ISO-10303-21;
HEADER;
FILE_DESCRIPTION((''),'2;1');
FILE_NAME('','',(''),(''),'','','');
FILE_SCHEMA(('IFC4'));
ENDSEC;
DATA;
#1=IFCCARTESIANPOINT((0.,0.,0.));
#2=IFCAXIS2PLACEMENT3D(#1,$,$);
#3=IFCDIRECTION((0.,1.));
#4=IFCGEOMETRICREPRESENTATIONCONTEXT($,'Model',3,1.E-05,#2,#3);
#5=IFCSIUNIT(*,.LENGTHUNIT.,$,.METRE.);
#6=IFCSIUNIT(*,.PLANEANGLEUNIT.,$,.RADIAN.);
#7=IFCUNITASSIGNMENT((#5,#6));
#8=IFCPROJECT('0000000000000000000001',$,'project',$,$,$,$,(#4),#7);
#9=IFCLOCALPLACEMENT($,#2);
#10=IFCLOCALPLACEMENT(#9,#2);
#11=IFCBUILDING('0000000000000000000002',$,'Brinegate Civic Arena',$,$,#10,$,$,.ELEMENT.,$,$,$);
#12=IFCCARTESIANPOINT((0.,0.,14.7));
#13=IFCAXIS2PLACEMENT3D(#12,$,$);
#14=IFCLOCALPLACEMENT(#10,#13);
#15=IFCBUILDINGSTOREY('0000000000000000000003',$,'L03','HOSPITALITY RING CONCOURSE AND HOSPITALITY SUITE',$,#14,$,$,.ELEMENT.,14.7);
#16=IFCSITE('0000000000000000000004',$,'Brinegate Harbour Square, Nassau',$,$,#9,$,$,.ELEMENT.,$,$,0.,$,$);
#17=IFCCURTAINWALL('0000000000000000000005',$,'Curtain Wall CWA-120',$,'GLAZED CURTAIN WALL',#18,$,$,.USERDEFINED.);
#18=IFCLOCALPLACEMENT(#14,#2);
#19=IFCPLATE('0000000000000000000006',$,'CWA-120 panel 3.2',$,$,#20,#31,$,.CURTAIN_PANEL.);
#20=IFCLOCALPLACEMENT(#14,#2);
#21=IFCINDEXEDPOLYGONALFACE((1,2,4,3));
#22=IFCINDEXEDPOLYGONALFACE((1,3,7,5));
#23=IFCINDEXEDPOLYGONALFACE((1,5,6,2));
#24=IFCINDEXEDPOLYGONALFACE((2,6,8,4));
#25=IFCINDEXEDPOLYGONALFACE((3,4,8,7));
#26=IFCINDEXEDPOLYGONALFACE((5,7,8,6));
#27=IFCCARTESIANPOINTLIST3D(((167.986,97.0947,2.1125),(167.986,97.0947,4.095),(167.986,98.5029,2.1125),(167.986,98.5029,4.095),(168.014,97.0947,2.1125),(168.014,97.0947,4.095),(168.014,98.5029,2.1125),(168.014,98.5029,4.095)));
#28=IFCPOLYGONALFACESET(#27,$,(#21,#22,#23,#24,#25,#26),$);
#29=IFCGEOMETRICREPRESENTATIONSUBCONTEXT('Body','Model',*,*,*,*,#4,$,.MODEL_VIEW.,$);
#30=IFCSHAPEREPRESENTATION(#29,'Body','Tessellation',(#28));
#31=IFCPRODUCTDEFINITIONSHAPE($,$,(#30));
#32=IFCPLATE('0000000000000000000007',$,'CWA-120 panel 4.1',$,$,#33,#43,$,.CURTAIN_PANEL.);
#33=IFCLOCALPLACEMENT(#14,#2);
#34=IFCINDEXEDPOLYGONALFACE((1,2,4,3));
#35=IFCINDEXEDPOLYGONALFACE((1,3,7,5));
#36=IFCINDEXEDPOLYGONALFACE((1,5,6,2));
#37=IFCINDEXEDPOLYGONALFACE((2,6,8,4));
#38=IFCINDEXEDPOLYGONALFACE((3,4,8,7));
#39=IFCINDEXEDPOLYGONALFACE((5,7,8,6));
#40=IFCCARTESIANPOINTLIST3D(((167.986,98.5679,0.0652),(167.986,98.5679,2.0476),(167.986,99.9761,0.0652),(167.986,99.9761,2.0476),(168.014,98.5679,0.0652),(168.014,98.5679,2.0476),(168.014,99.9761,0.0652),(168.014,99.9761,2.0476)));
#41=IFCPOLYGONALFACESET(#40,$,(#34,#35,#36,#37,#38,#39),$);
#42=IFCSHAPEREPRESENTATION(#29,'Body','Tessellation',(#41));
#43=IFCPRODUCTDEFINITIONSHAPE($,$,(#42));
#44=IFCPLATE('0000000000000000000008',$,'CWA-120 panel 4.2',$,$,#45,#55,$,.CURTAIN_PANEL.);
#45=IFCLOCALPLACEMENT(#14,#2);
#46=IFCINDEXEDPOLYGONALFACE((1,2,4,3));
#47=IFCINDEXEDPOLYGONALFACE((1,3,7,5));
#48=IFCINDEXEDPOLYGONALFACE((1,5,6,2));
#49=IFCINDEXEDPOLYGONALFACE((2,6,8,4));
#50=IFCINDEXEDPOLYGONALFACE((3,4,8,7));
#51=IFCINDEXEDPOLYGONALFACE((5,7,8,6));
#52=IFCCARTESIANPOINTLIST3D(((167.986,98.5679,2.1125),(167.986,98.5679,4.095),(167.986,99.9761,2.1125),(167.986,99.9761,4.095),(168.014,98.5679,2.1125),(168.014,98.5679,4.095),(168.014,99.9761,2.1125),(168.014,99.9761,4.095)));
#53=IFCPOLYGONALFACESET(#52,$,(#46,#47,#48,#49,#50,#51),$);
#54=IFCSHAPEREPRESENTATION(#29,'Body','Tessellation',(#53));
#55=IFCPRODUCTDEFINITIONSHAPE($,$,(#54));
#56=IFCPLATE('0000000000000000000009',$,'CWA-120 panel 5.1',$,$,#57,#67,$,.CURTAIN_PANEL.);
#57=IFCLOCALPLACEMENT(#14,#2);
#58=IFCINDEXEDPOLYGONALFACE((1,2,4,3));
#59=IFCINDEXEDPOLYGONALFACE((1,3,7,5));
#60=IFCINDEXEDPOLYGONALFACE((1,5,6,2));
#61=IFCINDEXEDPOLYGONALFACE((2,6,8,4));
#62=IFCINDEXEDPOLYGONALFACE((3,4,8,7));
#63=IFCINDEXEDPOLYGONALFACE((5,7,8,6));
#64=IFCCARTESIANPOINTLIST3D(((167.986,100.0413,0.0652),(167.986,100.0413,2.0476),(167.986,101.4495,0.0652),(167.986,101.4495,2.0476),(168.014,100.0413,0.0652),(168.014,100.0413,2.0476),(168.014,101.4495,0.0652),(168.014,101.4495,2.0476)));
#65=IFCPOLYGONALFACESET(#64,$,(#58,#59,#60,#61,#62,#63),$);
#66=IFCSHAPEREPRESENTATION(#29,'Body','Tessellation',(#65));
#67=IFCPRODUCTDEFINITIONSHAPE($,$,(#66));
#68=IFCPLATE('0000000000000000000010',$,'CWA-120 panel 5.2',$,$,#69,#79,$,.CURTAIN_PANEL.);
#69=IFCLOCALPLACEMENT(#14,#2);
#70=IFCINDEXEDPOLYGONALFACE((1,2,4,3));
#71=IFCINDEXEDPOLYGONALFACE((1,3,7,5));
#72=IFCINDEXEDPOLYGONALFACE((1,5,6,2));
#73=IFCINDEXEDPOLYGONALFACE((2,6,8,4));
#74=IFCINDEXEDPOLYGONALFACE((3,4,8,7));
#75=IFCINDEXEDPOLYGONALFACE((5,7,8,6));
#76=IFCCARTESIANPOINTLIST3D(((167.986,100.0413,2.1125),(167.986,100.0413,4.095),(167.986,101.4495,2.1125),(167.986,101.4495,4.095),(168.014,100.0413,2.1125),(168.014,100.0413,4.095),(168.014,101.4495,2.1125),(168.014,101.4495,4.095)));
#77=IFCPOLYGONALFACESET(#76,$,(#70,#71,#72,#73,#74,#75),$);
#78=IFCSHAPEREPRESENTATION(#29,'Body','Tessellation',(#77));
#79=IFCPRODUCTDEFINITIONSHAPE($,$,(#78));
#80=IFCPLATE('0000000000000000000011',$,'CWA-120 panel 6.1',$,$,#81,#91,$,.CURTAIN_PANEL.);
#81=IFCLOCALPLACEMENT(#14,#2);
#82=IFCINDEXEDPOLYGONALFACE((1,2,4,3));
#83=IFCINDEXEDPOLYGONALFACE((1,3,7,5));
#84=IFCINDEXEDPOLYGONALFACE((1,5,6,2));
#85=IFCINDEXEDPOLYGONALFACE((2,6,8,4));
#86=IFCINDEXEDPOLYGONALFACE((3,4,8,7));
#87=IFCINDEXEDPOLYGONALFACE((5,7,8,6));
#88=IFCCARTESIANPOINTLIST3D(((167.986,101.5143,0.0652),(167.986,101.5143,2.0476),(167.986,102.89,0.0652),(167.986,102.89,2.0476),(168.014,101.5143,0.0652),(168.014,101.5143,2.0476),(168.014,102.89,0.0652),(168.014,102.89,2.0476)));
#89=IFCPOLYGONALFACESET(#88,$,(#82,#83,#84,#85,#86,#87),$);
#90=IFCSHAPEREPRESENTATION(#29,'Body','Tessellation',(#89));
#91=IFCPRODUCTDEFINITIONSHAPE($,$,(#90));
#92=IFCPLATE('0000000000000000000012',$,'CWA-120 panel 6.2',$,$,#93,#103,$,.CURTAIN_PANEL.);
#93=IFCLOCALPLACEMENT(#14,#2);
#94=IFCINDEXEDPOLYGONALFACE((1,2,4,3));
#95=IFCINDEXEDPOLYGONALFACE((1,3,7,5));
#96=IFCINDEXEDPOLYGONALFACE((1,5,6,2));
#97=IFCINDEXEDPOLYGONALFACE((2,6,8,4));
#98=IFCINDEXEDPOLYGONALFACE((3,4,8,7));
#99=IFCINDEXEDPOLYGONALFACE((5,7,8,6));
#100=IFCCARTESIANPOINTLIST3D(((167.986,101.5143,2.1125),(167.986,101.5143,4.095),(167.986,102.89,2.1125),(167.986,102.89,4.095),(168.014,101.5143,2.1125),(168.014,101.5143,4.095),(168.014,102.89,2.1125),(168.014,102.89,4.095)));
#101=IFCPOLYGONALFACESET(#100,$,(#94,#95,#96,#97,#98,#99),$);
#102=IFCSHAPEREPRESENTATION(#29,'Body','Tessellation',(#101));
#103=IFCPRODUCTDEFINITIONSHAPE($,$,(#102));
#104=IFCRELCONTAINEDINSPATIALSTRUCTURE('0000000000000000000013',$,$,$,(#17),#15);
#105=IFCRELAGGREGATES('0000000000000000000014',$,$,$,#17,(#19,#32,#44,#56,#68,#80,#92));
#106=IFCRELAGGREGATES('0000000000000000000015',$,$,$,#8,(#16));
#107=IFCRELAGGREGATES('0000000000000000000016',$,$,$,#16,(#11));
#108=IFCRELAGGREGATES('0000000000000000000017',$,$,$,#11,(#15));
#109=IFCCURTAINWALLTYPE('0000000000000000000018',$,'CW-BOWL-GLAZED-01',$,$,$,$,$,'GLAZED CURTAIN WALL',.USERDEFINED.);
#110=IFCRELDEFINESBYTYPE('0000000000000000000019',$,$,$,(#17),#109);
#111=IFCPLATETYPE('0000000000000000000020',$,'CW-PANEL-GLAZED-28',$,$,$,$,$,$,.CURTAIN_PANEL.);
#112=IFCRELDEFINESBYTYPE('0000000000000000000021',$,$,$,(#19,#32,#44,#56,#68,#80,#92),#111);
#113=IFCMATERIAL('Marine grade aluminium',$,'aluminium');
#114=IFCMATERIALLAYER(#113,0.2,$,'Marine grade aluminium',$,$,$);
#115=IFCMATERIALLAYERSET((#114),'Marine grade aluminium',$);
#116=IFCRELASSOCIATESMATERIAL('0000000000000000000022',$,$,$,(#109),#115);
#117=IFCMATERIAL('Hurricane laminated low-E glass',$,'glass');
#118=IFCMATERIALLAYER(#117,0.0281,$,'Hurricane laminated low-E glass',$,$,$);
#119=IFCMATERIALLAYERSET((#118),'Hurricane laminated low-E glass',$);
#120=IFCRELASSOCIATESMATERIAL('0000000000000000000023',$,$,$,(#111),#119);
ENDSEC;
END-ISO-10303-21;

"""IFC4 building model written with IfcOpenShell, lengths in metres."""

from ifc_helpers import new_model, si_unit, direction, frame, origin, origin_2d, place, context, subcontext, project, spatial, rectangle, extrude, material, layer, layer_set, type_object, element, aggregate, save


model = new_model("IFC4")

# Units and contexts
model_context = context("Model", 3, precision=1e-05, world=origin(), true_north=direction((0.0, 1.0)))
body_context = subcontext(model_context, "Body", "Model", "MODEL_VIEW")
ifc_project = project(units=[si_unit("LENGTHUNIT", "METRE"), si_unit("PLANEANGLEUNIT", "RADIAN")], contexts=[model_context])

# Site, building, storey
site_placement = place(None, origin())
site = spatial("IfcSite", under=ifc_project, at=site_placement, Name="Brinegate Harbour Square, Nassau", CompositionType="ELEMENT", RefElevation=0.0)
building_placement = place(site_placement, origin())
building = spatial("IfcBuilding", under=site, at=building_placement, Name="Brinegate Civic Arena", CompositionType="ELEMENT")
storey_placement = place(building_placement, frame((0.0, 0.0, 14.7)))
storey = spatial("IfcBuildingStorey", under=building, at=storey_placement, Name="L03", Description="HOSPITALITY RING CONCOURSE AND HOSPITALITY SUITE", CompositionType="ELEMENT", Elevation=14.7)

# Curtain wall
ifc_material_1 = material(Name="Marine grade aluminium", Category="aluminium")
ifc_layer_1 = layer(ifc_material_1, 0.2, Name="Marine grade aluminium")
ifc_layer_set_1 = layer_set([ifc_layer_1], Name="Marine grade aluminium")
curtain_wall_type = type_object("IfcCurtainWallType", Name="CW-BOWL-GLAZED-01", ElementType="GLAZED CURTAIN WALL", PredefinedType="USERDEFINED", material=ifc_layer_set_1)
curtain_wall_placement = place(storey_placement, origin())
curtain_wall = element("IfcCurtainWall", 1, at=curtain_wall_placement, inside=storey, type_object=curtain_wall_type, Name="Curtain Wall CWA-120", ObjectType="GLAZED CURTAIN WALL", PredefinedType="USERDEFINED")

# Plates
ifc_material_2 = material(Name="Hurricane laminated low-E glass", Category="glass")
ifc_layer_2 = layer(ifc_material_2, 0.0281, Name="Hurricane laminated low-E glass")
ifc_layer_set_2 = layer_set([ifc_layer_2], Name="Hurricane laminated low-E glass")
plate_type = type_object("IfcPlateType", Name="CW-PANEL-GLAZED-28", PredefinedType="CURTAIN_PANEL", material=ifc_layer_set_2)
plate_1_placement = place(storey_placement, frame((168.0, 97.7988, 2.1125), z_axis=(0.0, 0.0, 1.0), x_axis=(0.0, 1.0, 0.0)))
plate_1 = element("IfcPlate", 2, at=plate_1_placement, type_object=plate_type, Name="CWA-120 panel 3.2", PredefinedType="CURTAIN_PANEL", context=body_context, shape_type="SweptSolid", body=[
    extrude(rectangle(XDim=1.4082, YDim=0.0281, at=origin_2d()), origin(), (0.0, 0.0, 1.0), 1.9824),
])
plate_2_placement = place(storey_placement, frame((168.0, 99.272, 0.0652), z_axis=(0.0, 0.0, 1.0), x_axis=(0.0, 1.0, 0.0)))
plate_2 = element("IfcPlate", 3, at=plate_2_placement, type_object=plate_type, Name="CWA-120 panel 4.1", PredefinedType="CURTAIN_PANEL", context=body_context, shape_type="SweptSolid", body=[
    extrude(rectangle(XDim=1.4082, YDim=0.0281, at=origin_2d()), origin(), (0.0, 0.0, 1.0), 1.9824),
])
plate_3_placement = place(storey_placement, frame((168.0, 99.272, 2.1125), z_axis=(0.0, 0.0, 1.0), x_axis=(0.0, 1.0, 0.0)))
plate_3 = element("IfcPlate", 4, at=plate_3_placement, type_object=plate_type, Name="CWA-120 panel 4.2", PredefinedType="CURTAIN_PANEL", context=body_context, shape_type="SweptSolid", body=[
    extrude(rectangle(XDim=1.4082, YDim=0.0281, at=origin_2d()), origin(), (0.0, 0.0, 1.0), 1.9824),
])
plate_4_placement = place(storey_placement, frame((168.0, 100.7454, 0.0652), z_axis=(0.0, 0.0, 1.0), x_axis=(0.0, 1.0, 0.0)))
plate_4 = element("IfcPlate", 5, at=plate_4_placement, type_object=plate_type, Name="CWA-120 panel 5.1", PredefinedType="CURTAIN_PANEL", context=body_context, shape_type="SweptSolid", body=[
    extrude(rectangle(XDim=1.4082, YDim=0.0281, at=origin_2d()), origin(), (0.0, 0.0, 1.0), 1.9824),
])
plate_5_placement = place(storey_placement, frame((168.0, 100.7454, 2.1125), z_axis=(0.0, 0.0, 1.0), x_axis=(0.0, 1.0, 0.0)))
plate_5 = element("IfcPlate", 6, at=plate_5_placement, type_object=plate_type, Name="CWA-120 panel 5.2", PredefinedType="CURTAIN_PANEL", context=body_context, shape_type="SweptSolid", body=[
    extrude(rectangle(XDim=1.4082, YDim=0.0281, at=origin_2d()), origin(), (0.0, 0.0, 1.0), 1.9824),
])
plate_6_placement = place(storey_placement, frame((168.0, 102.2021, 0.0652), z_axis=(0.0, 0.0, 1.0), x_axis=(0.0, 1.0, 0.0)))
plate_6 = element("IfcPlate", 7, at=plate_6_placement, type_object=plate_type, Name="CWA-120 panel 6.1", PredefinedType="CURTAIN_PANEL", context=body_context, shape_type="SweptSolid", body=[
    extrude(rectangle(XDim=1.3757, YDim=0.0281, at=origin_2d()), origin(), (0.0, 0.0, 1.0), 1.9824),
])
plate_7_placement = place(storey_placement, frame((168.0, 102.2021, 2.1125), z_axis=(0.0, 0.0, 1.0), x_axis=(0.0, 1.0, 0.0)))
plate_7 = element("IfcPlate", 8, at=plate_7_placement, type_object=plate_type, Name="CWA-120 panel 6.2", PredefinedType="CURTAIN_PANEL", context=body_context, shape_type="SweptSolid", body=[
    extrude(rectangle(XDim=1.3757, YDim=0.0281, at=origin_2d()), origin(), (0.0, 0.0, 1.0), 1.9824),
])
aggregate(curtain_wall, [plate_1, plate_2, plate_3, plate_4, plate_5, plate_6, plate_7])

save(model, "model.ifc")
